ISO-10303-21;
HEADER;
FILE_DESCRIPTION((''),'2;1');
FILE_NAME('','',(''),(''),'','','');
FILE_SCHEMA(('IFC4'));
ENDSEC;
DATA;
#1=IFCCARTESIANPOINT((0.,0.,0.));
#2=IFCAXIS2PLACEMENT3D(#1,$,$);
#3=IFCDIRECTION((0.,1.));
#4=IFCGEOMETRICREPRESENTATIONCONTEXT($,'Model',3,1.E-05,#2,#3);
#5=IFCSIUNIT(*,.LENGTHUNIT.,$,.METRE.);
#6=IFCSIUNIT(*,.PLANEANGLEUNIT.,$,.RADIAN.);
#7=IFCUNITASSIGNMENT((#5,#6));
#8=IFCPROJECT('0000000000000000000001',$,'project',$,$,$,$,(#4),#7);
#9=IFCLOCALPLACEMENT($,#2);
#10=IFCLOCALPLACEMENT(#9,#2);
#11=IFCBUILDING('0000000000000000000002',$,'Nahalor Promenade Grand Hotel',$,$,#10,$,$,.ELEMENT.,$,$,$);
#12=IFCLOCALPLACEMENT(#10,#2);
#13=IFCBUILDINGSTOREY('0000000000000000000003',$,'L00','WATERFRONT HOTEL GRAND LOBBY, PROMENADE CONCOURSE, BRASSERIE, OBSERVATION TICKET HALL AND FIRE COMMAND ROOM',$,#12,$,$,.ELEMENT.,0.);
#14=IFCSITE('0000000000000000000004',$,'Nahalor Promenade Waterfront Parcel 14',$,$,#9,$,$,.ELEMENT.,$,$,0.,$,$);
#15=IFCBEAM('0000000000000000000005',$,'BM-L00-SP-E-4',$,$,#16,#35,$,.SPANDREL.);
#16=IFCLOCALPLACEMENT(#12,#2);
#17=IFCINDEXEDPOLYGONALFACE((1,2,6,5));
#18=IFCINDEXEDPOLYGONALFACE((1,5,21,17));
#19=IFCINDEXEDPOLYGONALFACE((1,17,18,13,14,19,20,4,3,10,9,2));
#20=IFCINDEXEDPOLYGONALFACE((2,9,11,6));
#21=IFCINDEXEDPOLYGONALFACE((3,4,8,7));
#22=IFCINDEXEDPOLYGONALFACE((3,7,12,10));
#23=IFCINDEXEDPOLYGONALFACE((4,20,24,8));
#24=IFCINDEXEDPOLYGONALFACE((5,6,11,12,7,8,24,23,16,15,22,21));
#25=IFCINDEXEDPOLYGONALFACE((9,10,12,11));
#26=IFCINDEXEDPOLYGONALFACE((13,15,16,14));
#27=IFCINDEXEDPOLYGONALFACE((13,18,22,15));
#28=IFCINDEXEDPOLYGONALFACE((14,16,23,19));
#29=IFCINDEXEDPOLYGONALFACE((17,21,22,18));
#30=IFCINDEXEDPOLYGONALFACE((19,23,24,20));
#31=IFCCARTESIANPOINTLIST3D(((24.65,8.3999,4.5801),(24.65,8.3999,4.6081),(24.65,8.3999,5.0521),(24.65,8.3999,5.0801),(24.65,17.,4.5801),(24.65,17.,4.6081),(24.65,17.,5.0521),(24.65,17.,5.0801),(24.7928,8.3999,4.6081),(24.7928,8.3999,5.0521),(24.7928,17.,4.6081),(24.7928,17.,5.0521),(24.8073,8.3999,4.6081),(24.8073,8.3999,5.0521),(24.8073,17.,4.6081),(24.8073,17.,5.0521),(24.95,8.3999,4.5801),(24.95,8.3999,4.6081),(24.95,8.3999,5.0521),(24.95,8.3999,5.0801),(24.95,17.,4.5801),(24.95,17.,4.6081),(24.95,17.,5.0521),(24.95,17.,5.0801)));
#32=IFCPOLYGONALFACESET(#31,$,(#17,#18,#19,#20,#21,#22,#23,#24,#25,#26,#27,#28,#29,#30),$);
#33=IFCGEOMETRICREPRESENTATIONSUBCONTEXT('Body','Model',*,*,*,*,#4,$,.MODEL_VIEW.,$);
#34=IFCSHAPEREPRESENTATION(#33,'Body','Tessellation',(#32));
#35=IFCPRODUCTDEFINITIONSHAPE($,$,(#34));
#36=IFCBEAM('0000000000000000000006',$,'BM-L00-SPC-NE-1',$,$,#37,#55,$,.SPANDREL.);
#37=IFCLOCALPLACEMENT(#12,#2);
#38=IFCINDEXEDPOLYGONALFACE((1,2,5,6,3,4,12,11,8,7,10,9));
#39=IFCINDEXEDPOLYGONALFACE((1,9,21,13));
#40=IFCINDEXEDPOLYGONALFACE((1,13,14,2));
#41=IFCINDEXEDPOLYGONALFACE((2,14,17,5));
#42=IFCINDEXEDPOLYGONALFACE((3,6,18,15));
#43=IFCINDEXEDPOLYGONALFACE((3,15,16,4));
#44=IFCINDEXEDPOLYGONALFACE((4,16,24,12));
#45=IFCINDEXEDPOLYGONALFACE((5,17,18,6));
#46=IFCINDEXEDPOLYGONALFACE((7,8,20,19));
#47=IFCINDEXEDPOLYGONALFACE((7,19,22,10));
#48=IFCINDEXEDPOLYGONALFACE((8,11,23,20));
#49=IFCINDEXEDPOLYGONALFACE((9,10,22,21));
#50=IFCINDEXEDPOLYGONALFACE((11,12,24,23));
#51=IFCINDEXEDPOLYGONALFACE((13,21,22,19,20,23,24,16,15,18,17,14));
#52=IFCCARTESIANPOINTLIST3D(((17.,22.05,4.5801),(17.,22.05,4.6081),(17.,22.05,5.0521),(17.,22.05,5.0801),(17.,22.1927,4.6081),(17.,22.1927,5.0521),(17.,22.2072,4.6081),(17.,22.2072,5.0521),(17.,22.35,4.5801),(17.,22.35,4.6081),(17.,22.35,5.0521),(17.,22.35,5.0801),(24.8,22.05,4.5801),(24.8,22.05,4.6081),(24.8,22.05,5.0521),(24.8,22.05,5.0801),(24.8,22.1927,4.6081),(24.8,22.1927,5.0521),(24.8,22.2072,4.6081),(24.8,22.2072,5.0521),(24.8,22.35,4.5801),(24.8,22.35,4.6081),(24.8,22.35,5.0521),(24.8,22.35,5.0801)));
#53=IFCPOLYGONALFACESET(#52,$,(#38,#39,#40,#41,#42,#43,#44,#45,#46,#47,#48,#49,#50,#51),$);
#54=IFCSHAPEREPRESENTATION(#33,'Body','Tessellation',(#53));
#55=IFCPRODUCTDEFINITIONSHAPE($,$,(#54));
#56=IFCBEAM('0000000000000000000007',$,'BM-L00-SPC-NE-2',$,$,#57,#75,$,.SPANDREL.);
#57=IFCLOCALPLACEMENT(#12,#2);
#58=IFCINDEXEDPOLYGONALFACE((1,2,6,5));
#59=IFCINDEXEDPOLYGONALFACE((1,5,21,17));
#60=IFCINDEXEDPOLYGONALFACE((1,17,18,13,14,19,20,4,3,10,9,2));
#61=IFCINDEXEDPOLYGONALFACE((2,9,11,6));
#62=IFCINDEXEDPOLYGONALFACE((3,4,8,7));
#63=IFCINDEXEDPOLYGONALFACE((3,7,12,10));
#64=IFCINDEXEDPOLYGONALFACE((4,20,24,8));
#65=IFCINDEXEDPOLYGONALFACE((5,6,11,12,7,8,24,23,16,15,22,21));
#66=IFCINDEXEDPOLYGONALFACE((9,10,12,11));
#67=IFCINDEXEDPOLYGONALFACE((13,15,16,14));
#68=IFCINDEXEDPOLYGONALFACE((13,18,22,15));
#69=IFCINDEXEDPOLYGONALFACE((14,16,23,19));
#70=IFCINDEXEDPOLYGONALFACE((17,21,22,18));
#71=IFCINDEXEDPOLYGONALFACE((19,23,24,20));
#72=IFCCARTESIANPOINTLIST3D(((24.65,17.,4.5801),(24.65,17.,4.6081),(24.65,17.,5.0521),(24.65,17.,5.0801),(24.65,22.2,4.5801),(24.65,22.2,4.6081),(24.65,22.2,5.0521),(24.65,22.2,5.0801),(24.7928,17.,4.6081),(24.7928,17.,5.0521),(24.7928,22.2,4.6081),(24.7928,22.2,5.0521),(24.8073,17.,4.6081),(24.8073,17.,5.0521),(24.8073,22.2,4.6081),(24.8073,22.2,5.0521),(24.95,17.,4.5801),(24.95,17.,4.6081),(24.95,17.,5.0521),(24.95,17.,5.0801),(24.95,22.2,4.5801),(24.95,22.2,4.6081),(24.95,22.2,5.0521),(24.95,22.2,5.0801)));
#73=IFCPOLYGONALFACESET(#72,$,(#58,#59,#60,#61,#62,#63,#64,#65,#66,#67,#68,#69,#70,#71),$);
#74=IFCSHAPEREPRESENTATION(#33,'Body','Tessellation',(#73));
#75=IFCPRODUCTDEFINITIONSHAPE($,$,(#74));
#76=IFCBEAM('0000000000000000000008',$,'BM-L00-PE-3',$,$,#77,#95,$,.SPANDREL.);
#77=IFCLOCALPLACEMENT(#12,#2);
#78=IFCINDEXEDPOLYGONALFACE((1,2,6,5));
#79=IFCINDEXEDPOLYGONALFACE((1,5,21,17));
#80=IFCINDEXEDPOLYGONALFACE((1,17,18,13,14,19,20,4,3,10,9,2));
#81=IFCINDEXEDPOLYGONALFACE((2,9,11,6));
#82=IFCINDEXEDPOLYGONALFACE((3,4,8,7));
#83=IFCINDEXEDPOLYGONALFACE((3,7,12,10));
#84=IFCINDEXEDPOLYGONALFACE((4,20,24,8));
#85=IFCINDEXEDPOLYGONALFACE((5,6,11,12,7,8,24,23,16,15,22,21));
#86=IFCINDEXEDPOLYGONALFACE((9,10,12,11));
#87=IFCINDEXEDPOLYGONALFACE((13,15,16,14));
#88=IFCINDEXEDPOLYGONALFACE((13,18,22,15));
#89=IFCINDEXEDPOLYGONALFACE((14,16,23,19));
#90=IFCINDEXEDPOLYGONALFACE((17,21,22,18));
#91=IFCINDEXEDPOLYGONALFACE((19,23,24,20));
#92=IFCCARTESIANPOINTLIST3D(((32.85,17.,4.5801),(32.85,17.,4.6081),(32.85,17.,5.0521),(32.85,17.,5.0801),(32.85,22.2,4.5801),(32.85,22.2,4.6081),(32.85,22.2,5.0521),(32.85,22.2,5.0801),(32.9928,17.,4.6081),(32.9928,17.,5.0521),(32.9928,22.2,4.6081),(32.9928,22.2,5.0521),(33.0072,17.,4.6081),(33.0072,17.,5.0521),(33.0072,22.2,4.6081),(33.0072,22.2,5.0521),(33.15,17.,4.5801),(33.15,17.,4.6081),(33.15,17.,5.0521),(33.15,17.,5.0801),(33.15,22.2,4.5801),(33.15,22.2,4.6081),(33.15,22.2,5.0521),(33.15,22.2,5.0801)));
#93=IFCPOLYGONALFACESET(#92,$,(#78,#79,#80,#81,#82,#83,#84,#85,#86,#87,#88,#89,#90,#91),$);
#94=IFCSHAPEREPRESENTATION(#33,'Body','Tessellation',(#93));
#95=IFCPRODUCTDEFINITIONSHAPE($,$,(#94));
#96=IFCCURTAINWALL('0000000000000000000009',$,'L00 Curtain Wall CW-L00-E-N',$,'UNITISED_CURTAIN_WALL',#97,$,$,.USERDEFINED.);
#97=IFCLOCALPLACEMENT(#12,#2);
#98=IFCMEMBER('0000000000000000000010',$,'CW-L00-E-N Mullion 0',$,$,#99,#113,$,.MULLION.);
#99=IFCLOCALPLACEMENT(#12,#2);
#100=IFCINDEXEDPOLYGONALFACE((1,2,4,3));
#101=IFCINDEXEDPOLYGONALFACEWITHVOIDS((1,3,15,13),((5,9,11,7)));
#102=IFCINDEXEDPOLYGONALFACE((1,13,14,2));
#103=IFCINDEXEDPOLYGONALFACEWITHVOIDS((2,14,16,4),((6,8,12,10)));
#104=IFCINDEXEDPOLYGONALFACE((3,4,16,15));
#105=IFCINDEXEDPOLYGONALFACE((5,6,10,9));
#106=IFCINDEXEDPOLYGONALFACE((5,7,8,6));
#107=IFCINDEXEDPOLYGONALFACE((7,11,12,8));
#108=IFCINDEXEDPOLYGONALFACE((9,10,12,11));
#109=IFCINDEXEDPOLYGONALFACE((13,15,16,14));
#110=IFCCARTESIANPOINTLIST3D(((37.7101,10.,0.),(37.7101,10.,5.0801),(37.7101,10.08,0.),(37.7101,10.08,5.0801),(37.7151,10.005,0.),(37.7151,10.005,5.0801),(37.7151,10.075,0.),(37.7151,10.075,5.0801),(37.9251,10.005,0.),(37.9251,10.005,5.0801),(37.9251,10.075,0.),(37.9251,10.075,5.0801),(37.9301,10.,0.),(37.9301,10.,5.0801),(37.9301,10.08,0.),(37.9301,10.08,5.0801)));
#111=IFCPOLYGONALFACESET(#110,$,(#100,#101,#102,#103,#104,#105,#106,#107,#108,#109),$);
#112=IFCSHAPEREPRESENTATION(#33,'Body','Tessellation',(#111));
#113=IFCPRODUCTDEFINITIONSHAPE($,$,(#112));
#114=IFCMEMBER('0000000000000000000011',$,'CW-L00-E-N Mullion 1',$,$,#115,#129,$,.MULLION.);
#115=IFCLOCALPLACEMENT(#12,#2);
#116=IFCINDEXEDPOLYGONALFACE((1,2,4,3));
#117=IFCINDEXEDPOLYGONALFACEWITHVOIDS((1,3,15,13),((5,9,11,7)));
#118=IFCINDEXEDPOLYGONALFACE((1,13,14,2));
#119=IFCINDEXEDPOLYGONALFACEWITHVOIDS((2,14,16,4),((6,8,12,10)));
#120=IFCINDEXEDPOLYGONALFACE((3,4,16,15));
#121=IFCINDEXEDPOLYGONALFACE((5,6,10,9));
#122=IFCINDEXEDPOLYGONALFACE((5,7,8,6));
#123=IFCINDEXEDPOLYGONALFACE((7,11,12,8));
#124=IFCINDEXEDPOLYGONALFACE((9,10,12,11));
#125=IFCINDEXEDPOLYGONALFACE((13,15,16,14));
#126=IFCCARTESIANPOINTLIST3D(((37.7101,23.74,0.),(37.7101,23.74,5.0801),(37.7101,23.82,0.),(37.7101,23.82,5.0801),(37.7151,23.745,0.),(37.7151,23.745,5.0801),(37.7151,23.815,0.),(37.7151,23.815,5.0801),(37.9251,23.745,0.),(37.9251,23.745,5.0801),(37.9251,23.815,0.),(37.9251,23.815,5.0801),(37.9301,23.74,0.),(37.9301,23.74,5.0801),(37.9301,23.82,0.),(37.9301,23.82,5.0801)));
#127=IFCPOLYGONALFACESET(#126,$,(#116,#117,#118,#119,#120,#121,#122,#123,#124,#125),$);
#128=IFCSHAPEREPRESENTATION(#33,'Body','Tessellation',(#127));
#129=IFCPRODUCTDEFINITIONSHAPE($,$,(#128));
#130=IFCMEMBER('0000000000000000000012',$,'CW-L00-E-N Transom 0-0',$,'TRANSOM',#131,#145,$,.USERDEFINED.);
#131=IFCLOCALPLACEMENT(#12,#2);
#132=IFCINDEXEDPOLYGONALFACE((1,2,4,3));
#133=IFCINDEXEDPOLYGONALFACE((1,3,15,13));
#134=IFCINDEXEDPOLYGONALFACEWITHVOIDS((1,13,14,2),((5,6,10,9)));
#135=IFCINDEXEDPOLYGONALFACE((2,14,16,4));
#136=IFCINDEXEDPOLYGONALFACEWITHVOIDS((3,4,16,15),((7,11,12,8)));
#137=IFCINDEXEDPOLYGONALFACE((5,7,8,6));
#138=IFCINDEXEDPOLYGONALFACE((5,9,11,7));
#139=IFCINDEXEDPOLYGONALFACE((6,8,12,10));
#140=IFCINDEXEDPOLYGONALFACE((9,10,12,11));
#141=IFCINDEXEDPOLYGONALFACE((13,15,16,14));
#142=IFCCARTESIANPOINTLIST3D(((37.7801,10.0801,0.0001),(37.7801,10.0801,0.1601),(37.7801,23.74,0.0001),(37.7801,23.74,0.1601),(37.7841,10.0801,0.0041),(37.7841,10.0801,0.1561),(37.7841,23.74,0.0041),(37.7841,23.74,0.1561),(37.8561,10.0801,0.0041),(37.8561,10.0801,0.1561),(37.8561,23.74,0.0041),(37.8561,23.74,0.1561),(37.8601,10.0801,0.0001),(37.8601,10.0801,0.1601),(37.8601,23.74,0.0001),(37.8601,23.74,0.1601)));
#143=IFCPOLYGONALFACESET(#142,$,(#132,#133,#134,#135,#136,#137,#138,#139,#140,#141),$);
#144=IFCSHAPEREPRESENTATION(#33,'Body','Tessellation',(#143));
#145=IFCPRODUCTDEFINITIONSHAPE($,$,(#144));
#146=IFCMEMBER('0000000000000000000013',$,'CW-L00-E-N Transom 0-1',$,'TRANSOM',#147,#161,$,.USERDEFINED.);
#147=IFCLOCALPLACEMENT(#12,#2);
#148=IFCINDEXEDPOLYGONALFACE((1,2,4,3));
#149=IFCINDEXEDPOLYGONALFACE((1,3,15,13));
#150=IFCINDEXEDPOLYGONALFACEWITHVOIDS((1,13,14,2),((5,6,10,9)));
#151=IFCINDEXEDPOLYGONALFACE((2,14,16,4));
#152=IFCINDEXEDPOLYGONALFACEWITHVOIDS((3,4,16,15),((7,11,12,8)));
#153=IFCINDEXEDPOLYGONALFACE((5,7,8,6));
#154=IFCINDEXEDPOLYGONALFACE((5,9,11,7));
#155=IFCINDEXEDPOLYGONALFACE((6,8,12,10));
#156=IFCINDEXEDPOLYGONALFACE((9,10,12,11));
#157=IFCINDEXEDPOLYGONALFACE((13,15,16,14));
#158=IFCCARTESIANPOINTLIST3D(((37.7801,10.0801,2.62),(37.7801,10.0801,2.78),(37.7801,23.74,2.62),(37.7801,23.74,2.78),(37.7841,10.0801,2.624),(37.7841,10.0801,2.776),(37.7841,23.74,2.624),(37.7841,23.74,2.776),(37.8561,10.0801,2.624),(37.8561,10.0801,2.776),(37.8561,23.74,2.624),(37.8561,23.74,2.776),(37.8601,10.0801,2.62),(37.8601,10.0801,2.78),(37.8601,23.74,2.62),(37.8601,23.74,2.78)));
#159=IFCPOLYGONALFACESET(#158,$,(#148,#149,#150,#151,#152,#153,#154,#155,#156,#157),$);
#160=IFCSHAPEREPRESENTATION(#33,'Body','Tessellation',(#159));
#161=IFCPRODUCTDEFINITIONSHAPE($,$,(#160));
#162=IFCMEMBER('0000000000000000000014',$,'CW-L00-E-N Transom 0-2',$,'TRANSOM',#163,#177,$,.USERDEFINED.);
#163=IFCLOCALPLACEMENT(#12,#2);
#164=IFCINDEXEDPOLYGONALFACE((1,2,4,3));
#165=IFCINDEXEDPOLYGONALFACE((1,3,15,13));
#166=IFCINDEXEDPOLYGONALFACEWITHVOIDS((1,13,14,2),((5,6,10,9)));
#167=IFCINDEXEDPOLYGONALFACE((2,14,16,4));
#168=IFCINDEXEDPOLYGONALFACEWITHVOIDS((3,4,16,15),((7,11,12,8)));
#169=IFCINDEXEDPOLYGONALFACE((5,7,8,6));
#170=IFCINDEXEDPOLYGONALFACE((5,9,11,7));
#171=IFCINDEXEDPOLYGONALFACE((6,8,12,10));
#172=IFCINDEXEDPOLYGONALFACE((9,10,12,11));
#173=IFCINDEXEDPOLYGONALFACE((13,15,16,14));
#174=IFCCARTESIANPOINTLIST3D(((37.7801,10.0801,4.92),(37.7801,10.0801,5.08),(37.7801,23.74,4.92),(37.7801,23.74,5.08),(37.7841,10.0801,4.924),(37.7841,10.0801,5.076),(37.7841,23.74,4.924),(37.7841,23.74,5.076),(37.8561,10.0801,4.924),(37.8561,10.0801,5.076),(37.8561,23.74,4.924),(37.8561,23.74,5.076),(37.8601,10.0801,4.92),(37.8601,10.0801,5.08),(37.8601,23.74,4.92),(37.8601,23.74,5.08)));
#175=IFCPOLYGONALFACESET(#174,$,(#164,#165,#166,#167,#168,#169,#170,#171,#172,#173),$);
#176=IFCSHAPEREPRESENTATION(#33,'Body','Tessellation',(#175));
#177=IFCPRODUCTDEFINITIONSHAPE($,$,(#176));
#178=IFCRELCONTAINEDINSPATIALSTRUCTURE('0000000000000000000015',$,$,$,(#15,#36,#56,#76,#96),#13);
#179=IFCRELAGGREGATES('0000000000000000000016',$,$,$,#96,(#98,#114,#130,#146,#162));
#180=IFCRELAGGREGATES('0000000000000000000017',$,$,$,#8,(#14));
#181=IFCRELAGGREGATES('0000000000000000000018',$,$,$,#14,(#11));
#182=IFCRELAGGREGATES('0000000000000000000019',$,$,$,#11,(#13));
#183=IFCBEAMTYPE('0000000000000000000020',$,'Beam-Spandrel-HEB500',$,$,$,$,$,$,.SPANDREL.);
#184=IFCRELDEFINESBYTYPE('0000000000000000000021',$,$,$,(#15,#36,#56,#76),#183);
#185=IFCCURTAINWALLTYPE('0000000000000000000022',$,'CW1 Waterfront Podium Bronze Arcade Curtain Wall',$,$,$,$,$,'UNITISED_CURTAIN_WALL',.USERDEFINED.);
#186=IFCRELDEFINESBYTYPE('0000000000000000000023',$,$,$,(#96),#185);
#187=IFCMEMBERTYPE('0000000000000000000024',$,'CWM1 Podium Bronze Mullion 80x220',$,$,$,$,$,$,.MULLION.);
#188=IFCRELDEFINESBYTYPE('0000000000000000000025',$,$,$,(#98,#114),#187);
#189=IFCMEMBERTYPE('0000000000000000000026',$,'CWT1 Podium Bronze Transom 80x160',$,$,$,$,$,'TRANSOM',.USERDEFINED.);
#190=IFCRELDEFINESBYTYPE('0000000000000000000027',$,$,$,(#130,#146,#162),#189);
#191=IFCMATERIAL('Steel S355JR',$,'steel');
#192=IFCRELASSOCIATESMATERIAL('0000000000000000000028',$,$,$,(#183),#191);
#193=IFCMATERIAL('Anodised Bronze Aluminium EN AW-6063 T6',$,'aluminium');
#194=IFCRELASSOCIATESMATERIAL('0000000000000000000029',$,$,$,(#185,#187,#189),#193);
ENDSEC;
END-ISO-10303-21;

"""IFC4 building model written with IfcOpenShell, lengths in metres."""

from ifc_helpers import new_model, si_unit, direction, frame, origin, origin_2d, place, context, subcontext, project, spatial, hollow_rectangle, i_section, extrude, source, transform, mapped, material, material_profile, profile_set, type_object, element, aggregate, save


model = new_model("IFC4")

# Units and contexts
model_context = context("Model", 3, precision=1e-05, world=origin(), true_north=direction((0.0, 1.0)))
body_context = subcontext(model_context, "Body", "Model", "MODEL_VIEW")
ifc_project = project(units=[si_unit("LENGTHUNIT", "METRE"), si_unit("PLANEANGLEUNIT", "RADIAN")], contexts=[model_context])

# Site, building, storey
site_placement = place(None, origin())
site = spatial("IfcSite", under=ifc_project, at=site_placement, Name="Nahalor Promenade Waterfront Parcel 14", CompositionType="ELEMENT", RefElevation=0.0)
building_placement = place(site_placement, origin())
building = spatial("IfcBuilding", under=site, at=building_placement, Name="Nahalor Promenade Grand Hotel", CompositionType="ELEMENT")
storey_placement = place(building_placement, origin())
storey = spatial("IfcBuildingStorey", under=building, at=storey_placement, Name="L00", Description="WATERFRONT HOTEL GRAND LOBBY, PROMENADE CONCOURSE, BRASSERIE, OBSERVATION TICKET HALL AND FIRE COMMAND ROOM", CompositionType="ELEMENT", Elevation=0.0)

# Beams
ifc_material_1 = material(Name="Steel S355JR", Category="steel")
ifc_material_profile_1 = material_profile(ifc_material_1, i_section(OverallWidth=0.3, OverallDepth=0.5, WebThickness=0.0145, FlangeThickness=0.028, at=origin_2d()), Name="HEB 500")
ifc_profile_set_1 = profile_set([ifc_material_profile_1], Name="Steel S355JR")
beam_type_1 = type_object("IfcBeamType", Name="Beam-Spandrel-HEB500", PredefinedType="SPANDREL", material=ifc_profile_set_1)
shared_shape_1 = source(origin(), body_context, "Body", "SweptSolid", [
    extrude(i_section(OverallWidth=0.3, OverallDepth=0.5, WebThickness=0.0145, FlangeThickness=0.028, at=origin_2d()), origin(), (0.0, 0.0, 1.0), 8.6001),
])
beam_1_placement = place(storey_placement, frame((24.8, 8.3999, 4.8301), z_axis=(0.0, 1.0, 0.0), x_axis=(-1.0, 0.0, 0.0)))
element("IfcBeam", 1, at=beam_1_placement, inside=storey, type_object=beam_type_1, Name="BM-L00-SP-E-4", PredefinedType="SPANDREL", context=body_context, shape_type="MappedRepresentation", body=[
    mapped(shared_shape_1, transform((0.0, 0.0, 0.0), scale=1.0)),
])
shared_shape_2 = source(origin(), body_context, "Body", "SweptSolid", [
    extrude(i_section(OverallWidth=0.3, OverallDepth=0.5, WebThickness=0.0145, FlangeThickness=0.028, at=origin_2d()), origin(), (0.0, 0.0, 1.0), 7.8),
])
beam_2_placement = place(storey_placement, frame((17.0, 22.2, 4.8301), z_axis=(1.0, 0.0, 0.0), x_axis=(0.0, 1.0, 0.0)))
element("IfcBeam", 2, at=beam_2_placement, inside=storey, type_object=beam_type_1, Name="BM-L00-SPC-NE-1", PredefinedType="SPANDREL", context=body_context, shape_type="MappedRepresentation", body=[
    mapped(shared_shape_2, transform((0.0, 0.0, 0.0), scale=1.0)),
])
shared_shape_3 = source(origin(), body_context, "Body", "SweptSolid", [
    extrude(i_section(OverallWidth=0.3, OverallDepth=0.5, WebThickness=0.0145, FlangeThickness=0.028, at=origin_2d()), origin(), (0.0, 0.0, 1.0), 5.2),
])
for number, where, z_axis, x_axis, name in (
    (3, (24.8, 22.2, 4.8301), (0.0, -1.0, 0.0), (1.0, 0.0, 0.0), "BM-L00-SPC-NE-2"),
    (4, (33.0, 17.0, 4.8301), (0.0, 1.0, 0.0), (-1.0, 0.0, 0.0), "BM-L00-PE-3"),
):
    element("IfcBeam", number, at=place(storey_placement, frame(where, z_axis=z_axis, x_axis=x_axis)), inside=storey, type_object=beam_type_1, Name=name, PredefinedType="SPANDREL", context=body_context, shape_type="MappedRepresentation", body=[
        mapped(shared_shape_3, transform((0.0, 0.0, 0.0), scale=1.0)),
    ])

# Curtain wall, members
ifc_material_2 = material(Name="Anodised Bronze Aluminium EN AW-6063 T6", Category="aluminium")
curtain_wall_type = type_object("IfcCurtainWallType", Name="CW1 Waterfront Podium Bronze Arcade Curtain Wall", ElementType="UNITISED_CURTAIN_WALL", PredefinedType="USERDEFINED", material=ifc_material_2)
curtain_wall_placement = place(storey_placement, origin())
curtain_wall = element("IfcCurtainWall", 5, at=curtain_wall_placement, inside=storey, type_object=curtain_wall_type, Name="L00 Curtain Wall CW-L00-E-N", ObjectType="UNITISED_CURTAIN_WALL", PredefinedType="USERDEFINED")
ifc_material_profile_2 = material_profile(ifc_material_2, hollow_rectangle(XDim=0.08, YDim=0.22, WallThickness=0.005, at=origin_2d()), Name="CWM 80x220x5")
ifc_profile_set_2 = profile_set([ifc_material_profile_2], Name="Anodised Bronze Aluminium EN AW-6063 T6")
member_type_1 = type_object("IfcMemberType", Name="CWM1 Podium Bronze Mullion 80x220", PredefinedType="MULLION", material=ifc_profile_set_2)
shared_shape_4 = source(origin(), body_context, "Body", "SweptSolid", [
    extrude(hollow_rectangle(XDim=0.08, YDim=0.22, WallThickness=0.005, at=origin_2d()), origin(), (0.0, 0.0, 1.0), 5.0801),
])
member_1_placement = place(storey_placement, frame((37.8201, 10.04, 0.0), z_axis=(0.0, 0.0, 1.0), x_axis=(0.0, 1.0, 0.0)))
member_1 = element("IfcMember", 6, at=member_1_placement, type_object=member_type_1, Name="CW-L00-E-N Mullion 0", PredefinedType="MULLION", context=body_context, shape_type="MappedRepresentation", body=[
    mapped(shared_shape_4, transform((0.0, 0.0, 0.0), scale=1.0)),
])
member_2_placement = place(storey_placement, frame((37.8201, 23.78, 0.0), z_axis=(0.0, 0.0, 1.0), x_axis=(0.0, 1.0, 0.0)))
member_2 = element("IfcMember", 7, at=member_2_placement, type_object=member_type_1, Name="CW-L00-E-N Mullion 1", PredefinedType="MULLION", context=body_context, shape_type="MappedRepresentation", body=[
    mapped(shared_shape_4, transform((0.0, 0.0, 0.0), scale=1.0)),
])
ifc_material_profile_3 = material_profile(ifc_material_2, hollow_rectangle(XDim=0.08, YDim=0.16, WallThickness=0.004, at=origin_2d()), Name="CWT 80x160x4")
ifc_profile_set_3 = profile_set([ifc_material_profile_3], Name="Anodised Bronze Aluminium EN AW-6063 T6")
member_type_2 = type_object("IfcMemberType", Name="CWT1 Podium Bronze Transom 80x160", ElementType="TRANSOM", PredefinedType="USERDEFINED", material=ifc_profile_set_3)
shared_shape_5 = source(origin(), body_context, "Body", "SweptSolid", [
    extrude(hollow_rectangle(XDim=0.08, YDim=0.16, WallThickness=0.004, at=origin_2d()), origin(), (0.0, 0.0, 1.0), 13.6599),
])
member_3_placement = place(storey_placement, frame((37.8201, 10.0801, 0.0801), z_axis=(0.0, 1.0, 0.0), x_axis=(-1.0, 0.0, 0.0)))
member_3 = element("IfcMember", 8, at=member_3_placement, type_object=member_type_2, Name="CW-L00-E-N Transom 0-0", ObjectType="TRANSOM", PredefinedType="USERDEFINED", context=body_context, shape_type="MappedRepresentation", body=[
    mapped(shared_shape_5, transform((0.0, 0.0, 0.0), scale=1.0)),
])
member_4_placement = place(storey_placement, frame((37.8201, 10.0801, 2.7), z_axis=(0.0, 1.0, 0.0), x_axis=(-1.0, 0.0, 0.0)))
member_4 = element("IfcMember", 9, at=member_4_placement, type_object=member_type_2, Name="CW-L00-E-N Transom 0-1", ObjectType="TRANSOM", PredefinedType="USERDEFINED", context=body_context, shape_type="MappedRepresentation", body=[
    mapped(shared_shape_5, transform((0.0, 0.0, 0.0), scale=1.0)),
])
member_5_placement = place(storey_placement, frame((37.8201, 10.0801, 5.0), z_axis=(0.0, 1.0, 0.0), x_axis=(-1.0, 0.0, 0.0)))
member_5 = element("IfcMember", 10, at=member_5_placement, type_object=member_type_2, Name="CW-L00-E-N Transom 0-2", ObjectType="TRANSOM", PredefinedType="USERDEFINED", context=body_context, shape_type="MappedRepresentation", body=[
    mapped(shared_shape_5, transform((0.0, 0.0, 0.0), scale=1.0)),
])
aggregate(curtain_wall, [member_1, member_2, member_3, member_4, member_5])

save(model, "model.ifc")
